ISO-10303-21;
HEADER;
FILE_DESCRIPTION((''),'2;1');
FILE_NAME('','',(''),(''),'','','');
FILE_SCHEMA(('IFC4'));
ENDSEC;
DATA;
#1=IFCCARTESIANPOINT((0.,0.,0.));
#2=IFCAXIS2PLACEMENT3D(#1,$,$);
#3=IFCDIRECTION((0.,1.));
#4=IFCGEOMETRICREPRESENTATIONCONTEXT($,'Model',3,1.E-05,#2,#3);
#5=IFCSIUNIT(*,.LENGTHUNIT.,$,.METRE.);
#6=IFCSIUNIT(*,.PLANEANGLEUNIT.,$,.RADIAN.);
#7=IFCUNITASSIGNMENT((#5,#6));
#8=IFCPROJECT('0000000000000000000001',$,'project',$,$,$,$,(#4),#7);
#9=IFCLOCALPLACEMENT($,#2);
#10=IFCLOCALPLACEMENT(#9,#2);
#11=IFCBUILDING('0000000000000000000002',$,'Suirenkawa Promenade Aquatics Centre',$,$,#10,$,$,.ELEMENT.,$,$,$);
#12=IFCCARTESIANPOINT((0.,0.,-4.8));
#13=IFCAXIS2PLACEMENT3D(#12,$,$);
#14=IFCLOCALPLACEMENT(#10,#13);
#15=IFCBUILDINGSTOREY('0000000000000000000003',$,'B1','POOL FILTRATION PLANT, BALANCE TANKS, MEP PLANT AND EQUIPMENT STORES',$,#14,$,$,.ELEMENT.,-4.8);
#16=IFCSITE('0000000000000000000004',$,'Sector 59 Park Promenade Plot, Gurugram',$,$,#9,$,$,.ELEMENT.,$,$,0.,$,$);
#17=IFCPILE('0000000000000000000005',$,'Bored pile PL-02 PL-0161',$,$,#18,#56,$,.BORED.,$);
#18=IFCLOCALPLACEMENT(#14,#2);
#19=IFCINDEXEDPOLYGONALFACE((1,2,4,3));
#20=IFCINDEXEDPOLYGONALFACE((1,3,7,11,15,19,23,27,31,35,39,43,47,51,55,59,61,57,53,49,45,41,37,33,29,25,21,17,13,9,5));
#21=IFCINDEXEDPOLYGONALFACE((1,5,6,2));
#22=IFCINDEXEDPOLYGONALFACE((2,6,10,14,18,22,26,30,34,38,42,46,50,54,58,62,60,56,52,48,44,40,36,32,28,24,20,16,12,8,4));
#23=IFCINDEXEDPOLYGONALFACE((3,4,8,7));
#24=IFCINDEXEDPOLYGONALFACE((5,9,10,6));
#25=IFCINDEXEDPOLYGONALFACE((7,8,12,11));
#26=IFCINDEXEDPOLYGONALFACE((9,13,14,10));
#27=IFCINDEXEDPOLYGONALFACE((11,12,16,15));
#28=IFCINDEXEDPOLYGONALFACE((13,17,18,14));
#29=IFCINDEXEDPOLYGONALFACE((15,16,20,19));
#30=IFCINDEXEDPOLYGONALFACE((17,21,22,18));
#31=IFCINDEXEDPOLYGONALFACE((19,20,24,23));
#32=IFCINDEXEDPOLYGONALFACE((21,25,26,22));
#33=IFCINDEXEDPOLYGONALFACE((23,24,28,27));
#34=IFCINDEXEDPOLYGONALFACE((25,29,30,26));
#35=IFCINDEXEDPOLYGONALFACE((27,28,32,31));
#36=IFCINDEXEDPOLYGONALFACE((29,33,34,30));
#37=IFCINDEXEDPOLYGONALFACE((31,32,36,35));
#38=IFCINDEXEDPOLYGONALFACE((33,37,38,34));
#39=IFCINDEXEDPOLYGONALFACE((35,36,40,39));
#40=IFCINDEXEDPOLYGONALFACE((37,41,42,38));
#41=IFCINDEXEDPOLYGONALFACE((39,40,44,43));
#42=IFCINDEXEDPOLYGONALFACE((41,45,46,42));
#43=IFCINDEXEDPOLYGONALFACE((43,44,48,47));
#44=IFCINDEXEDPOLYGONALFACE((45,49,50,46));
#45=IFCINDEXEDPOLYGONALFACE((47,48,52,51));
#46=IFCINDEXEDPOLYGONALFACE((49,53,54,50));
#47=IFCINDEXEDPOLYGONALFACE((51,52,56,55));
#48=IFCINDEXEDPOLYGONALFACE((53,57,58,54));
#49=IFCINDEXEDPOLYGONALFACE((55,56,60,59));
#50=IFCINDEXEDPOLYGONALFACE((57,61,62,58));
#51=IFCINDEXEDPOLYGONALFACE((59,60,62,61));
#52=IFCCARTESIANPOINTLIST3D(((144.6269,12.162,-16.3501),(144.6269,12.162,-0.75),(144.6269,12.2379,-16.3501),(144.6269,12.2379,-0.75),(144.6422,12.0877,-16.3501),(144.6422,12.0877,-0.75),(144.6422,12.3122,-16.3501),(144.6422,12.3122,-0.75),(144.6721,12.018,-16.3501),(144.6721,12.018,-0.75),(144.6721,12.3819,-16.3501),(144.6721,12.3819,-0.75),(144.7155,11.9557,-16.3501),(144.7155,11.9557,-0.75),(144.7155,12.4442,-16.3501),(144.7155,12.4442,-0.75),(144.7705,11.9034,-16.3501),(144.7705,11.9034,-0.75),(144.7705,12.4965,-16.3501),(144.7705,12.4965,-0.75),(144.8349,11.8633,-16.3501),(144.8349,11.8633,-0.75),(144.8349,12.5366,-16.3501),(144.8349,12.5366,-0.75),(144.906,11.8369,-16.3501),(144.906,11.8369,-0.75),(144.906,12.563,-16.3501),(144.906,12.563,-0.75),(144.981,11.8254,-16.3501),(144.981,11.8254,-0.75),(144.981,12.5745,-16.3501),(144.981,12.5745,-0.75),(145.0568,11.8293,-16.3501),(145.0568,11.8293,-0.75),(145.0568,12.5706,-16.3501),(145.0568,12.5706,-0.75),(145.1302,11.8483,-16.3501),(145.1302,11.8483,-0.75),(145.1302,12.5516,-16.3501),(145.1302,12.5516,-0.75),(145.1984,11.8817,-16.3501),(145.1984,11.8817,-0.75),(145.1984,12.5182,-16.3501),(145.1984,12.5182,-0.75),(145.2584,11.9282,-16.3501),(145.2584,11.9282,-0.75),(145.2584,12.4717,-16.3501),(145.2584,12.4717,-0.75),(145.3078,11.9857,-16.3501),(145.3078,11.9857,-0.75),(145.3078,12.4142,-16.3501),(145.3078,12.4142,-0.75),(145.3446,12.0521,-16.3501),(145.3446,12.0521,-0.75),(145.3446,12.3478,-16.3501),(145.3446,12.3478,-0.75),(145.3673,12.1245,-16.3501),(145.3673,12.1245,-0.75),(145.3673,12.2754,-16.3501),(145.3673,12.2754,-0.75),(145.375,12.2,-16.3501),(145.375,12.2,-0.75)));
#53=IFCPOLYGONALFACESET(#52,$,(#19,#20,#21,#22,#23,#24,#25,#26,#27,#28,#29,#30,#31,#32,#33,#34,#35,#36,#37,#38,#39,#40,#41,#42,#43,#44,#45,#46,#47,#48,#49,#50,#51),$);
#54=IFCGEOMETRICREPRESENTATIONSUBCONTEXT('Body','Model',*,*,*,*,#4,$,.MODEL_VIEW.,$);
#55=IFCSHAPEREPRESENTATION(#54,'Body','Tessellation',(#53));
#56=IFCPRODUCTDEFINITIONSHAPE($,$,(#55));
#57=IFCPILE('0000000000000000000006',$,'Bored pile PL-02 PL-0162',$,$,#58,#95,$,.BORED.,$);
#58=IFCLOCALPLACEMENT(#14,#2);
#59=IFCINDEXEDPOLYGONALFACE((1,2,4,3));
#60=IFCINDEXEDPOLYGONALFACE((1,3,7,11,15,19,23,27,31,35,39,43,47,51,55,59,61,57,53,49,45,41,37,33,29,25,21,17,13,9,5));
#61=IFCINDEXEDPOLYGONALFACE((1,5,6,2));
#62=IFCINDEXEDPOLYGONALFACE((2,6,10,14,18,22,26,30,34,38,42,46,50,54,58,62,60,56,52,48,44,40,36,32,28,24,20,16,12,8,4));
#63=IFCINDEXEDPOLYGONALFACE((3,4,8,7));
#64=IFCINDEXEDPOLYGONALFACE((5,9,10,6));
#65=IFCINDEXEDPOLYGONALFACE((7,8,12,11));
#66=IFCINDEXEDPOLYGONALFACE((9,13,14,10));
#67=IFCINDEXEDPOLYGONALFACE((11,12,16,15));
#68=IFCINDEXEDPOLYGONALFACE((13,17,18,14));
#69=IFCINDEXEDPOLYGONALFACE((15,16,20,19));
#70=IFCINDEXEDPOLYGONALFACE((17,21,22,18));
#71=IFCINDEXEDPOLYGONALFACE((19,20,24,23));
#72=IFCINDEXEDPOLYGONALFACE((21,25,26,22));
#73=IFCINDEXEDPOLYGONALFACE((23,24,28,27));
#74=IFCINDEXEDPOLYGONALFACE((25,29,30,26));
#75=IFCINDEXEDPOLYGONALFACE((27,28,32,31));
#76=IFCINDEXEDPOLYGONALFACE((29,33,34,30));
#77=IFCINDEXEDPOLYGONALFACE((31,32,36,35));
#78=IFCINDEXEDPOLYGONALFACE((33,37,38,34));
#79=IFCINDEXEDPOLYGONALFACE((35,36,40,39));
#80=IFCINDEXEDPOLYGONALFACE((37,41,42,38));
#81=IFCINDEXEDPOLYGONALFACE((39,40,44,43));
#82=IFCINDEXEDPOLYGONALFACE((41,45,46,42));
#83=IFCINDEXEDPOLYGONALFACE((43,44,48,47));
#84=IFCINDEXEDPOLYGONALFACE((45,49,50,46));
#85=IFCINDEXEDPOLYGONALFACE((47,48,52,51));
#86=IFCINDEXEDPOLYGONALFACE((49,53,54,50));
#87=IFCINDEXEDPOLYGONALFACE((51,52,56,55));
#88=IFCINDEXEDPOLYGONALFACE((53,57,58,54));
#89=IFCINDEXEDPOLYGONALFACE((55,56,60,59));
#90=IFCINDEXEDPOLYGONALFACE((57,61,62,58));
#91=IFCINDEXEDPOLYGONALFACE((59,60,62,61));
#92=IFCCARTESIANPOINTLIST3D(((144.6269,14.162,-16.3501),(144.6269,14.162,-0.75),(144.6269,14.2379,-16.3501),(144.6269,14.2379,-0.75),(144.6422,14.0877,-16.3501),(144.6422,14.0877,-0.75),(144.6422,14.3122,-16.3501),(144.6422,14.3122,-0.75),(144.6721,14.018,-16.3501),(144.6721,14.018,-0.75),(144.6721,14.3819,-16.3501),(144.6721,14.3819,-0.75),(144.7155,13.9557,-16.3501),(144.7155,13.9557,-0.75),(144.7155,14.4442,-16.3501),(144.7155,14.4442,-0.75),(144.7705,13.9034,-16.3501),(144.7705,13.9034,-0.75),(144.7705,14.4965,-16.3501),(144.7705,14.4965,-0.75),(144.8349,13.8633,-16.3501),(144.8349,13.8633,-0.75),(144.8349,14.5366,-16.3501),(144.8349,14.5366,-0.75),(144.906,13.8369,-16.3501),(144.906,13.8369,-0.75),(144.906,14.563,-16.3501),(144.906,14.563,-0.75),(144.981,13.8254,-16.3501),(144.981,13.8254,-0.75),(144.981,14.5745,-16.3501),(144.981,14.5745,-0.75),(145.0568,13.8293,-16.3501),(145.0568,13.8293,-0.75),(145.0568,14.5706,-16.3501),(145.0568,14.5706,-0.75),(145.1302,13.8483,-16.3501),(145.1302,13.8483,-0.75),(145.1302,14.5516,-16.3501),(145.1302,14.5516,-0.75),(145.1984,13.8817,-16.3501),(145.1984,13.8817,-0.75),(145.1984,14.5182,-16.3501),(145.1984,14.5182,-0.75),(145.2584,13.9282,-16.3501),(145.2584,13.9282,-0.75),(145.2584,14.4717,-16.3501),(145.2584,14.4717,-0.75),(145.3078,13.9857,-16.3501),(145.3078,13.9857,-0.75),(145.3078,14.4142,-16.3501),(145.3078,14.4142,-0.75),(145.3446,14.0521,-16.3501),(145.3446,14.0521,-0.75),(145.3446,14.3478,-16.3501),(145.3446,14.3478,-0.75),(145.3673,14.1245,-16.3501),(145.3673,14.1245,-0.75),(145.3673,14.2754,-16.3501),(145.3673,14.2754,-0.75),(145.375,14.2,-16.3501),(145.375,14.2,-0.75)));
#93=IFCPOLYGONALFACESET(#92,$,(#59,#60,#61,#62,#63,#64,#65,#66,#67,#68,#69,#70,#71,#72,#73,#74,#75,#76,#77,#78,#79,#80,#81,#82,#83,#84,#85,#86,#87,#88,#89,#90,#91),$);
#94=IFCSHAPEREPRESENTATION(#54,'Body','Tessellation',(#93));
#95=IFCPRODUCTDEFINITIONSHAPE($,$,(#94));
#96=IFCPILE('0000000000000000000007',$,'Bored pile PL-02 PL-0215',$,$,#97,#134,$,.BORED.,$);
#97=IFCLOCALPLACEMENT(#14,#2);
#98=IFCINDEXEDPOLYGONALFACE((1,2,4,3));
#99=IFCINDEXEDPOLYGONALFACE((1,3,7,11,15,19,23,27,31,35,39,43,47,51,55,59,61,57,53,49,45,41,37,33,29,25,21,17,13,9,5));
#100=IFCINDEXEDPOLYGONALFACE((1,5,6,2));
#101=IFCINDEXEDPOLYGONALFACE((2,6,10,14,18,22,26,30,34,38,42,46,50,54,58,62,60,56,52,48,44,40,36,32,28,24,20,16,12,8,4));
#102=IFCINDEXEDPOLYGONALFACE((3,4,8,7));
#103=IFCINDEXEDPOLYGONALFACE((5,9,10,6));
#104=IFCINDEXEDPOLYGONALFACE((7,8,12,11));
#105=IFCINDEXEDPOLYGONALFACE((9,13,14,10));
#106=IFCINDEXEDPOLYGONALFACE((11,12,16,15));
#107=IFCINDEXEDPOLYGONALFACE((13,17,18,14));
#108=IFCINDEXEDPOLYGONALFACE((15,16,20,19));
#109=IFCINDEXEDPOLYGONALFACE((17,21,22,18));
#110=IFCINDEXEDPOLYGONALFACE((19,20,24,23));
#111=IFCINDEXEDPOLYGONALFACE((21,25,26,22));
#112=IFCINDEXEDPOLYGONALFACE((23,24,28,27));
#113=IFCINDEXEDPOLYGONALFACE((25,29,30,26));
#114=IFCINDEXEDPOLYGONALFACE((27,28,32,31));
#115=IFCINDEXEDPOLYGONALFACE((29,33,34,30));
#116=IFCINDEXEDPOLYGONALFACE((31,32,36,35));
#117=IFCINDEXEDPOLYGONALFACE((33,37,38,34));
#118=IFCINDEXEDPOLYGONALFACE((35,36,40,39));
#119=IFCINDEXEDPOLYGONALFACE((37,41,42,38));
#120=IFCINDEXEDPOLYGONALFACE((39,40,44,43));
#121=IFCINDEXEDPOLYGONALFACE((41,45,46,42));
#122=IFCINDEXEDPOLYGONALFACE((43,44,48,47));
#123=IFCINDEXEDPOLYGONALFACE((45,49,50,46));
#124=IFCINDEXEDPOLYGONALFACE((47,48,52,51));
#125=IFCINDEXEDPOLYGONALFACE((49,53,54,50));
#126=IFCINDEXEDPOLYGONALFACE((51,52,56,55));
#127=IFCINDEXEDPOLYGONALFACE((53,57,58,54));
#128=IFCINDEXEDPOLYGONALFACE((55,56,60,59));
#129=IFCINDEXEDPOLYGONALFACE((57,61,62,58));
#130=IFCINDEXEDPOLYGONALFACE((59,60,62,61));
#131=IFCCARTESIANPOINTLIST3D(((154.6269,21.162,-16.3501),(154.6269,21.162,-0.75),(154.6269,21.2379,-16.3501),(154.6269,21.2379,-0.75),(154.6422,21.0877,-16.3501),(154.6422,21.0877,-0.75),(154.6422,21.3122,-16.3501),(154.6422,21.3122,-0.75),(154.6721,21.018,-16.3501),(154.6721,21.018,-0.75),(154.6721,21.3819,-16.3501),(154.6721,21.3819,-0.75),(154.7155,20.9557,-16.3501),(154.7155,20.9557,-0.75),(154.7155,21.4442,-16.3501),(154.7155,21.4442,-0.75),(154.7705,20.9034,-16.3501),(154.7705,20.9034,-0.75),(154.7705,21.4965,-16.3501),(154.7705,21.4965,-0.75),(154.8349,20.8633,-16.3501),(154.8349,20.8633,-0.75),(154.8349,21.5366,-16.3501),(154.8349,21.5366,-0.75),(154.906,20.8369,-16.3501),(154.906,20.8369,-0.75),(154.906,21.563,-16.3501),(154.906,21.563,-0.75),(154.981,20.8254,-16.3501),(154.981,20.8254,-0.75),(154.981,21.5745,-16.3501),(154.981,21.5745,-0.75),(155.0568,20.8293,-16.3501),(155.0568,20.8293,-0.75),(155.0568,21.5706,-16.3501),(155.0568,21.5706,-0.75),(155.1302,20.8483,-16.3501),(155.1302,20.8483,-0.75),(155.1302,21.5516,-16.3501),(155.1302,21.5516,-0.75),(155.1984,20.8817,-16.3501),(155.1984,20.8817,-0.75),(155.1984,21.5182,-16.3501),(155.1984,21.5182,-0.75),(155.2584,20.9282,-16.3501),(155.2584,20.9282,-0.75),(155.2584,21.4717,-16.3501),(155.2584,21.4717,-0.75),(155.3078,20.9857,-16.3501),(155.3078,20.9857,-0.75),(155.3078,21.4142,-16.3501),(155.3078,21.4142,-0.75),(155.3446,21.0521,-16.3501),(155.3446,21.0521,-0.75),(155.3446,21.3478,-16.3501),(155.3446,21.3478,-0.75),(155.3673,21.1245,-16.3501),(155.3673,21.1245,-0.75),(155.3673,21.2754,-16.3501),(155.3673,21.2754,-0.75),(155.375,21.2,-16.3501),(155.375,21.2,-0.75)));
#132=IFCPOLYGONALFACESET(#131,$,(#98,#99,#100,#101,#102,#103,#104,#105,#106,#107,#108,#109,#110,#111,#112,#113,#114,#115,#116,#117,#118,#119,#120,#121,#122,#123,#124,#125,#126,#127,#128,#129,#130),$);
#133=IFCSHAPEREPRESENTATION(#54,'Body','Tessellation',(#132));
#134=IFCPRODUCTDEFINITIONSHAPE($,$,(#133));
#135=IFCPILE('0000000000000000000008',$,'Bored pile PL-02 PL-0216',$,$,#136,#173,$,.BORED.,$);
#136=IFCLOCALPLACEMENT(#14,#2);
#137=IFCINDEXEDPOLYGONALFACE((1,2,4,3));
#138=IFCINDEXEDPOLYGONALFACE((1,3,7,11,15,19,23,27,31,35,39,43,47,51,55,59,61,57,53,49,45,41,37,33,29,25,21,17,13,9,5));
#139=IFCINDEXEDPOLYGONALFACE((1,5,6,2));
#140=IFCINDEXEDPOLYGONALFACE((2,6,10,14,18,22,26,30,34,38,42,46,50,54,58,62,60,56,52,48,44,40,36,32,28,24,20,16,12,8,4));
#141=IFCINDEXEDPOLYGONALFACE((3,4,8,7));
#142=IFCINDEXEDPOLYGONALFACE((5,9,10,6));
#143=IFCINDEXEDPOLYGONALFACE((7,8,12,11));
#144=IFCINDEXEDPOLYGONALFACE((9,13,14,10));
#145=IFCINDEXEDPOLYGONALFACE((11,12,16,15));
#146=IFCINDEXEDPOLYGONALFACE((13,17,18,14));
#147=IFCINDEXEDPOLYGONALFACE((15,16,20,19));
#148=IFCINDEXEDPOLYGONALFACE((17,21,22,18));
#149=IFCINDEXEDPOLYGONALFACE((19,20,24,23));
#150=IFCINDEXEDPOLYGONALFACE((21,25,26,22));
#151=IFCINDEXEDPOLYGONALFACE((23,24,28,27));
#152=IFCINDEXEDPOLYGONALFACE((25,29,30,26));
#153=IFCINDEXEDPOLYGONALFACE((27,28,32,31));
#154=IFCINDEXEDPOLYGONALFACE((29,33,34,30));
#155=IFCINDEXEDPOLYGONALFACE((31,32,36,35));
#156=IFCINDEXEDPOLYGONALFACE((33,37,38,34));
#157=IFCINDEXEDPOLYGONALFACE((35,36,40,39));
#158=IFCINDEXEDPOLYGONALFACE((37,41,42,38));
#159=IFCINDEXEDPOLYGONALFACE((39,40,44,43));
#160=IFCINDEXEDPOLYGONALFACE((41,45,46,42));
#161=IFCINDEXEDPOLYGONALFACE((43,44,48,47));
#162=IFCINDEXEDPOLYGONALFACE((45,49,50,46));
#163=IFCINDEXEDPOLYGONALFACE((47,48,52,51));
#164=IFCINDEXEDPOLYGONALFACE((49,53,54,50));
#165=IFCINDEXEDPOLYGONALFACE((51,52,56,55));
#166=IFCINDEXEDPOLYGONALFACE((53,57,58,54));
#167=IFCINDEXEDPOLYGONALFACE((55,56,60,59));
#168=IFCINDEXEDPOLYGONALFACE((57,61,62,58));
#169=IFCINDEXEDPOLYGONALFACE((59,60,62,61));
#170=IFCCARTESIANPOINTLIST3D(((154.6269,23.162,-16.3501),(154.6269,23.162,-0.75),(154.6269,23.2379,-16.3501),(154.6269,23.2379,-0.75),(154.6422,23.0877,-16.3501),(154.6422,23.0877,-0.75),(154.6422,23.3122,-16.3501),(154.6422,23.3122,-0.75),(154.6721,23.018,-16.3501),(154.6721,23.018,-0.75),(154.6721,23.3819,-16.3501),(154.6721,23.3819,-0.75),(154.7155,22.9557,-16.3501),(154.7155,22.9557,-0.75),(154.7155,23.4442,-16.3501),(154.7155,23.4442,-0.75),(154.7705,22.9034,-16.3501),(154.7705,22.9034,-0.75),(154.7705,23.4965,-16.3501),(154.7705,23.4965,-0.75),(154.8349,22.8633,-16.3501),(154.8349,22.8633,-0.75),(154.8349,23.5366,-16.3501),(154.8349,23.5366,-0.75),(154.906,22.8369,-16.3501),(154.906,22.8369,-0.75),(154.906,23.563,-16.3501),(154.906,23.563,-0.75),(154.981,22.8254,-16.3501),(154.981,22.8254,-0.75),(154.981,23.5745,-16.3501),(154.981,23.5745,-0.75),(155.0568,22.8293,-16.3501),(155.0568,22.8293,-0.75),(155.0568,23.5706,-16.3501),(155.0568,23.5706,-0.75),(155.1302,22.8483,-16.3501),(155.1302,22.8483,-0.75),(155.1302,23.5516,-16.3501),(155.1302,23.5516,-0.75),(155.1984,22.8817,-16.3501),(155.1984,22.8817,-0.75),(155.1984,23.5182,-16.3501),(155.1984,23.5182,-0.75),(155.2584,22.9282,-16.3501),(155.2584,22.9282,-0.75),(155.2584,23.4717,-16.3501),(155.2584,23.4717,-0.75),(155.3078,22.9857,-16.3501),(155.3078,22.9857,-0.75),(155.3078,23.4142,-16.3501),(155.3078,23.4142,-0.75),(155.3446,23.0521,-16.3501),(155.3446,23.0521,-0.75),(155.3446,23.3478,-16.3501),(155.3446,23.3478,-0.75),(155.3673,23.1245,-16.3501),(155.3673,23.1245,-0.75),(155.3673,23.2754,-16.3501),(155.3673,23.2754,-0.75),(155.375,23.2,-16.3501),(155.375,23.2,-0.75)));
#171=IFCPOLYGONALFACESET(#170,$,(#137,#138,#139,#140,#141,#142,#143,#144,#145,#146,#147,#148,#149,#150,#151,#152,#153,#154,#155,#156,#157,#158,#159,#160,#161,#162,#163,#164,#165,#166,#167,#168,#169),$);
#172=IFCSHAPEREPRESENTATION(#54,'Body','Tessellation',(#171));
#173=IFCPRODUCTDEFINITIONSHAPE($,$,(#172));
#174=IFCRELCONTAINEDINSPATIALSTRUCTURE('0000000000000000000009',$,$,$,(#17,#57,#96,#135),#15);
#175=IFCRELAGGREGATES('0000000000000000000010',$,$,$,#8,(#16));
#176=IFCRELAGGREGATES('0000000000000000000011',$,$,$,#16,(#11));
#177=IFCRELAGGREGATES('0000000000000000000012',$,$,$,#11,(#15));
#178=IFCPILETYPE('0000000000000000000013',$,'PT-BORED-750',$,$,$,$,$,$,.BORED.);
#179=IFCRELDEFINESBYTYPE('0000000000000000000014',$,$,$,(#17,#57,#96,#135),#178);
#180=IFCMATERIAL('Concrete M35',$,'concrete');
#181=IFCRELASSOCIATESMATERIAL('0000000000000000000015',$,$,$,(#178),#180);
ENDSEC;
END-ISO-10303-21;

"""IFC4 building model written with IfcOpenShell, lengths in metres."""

from ifc_helpers import new_model, si_unit, direction, frame, origin, origin_2d, place, context, subcontext, project, spatial, circle, extrude, material, material_profile, profile_set, type_object, element, save


model = new_model("IFC4")

# Units and contexts
model_context = context("Model", 3, precision=1e-05, world=origin(), true_north=direction((0.0, 1.0)))
body_context = subcontext(model_context, "Body", "Model", "MODEL_VIEW")
ifc_project = project(units=[si_unit("LENGTHUNIT", "METRE"), si_unit("PLANEANGLEUNIT", "RADIAN")], contexts=[model_context])

# Site, building, storey
site_placement = place(None, origin())
site = spatial("IfcSite", under=ifc_project, at=site_placement, Name="Sector 59 Park Promenade Plot, Gurugram", CompositionType="ELEMENT", RefElevation=0.0)
building_placement = place(site_placement, origin())
building = spatial("IfcBuilding", under=site, at=building_placement, Name="Suirenkawa Promenade Aquatics Centre", CompositionType="ELEMENT")
storey_placement = place(building_placement, frame((0.0, 0.0, -4.8)))
storey = spatial("IfcBuildingStorey", under=building, at=storey_placement, Name="B1", Description="POOL FILTRATION PLANT, BALANCE TANKS, MEP PLANT AND EQUIPMENT STORES", CompositionType="ELEMENT", Elevation=-4.8)

# Shared definitions
ifc_material_1 = material(Name="Concrete M35", Category="concrete")

# Piles
ifc_material_profile_1 = material_profile(ifc_material_1, circle(Radius=0.375, at=origin_2d()), Name="PILE D750", Category="concrete")
ifc_profile_set_1 = profile_set([ifc_material_profile_1], Name="Concrete M35")
pile_type_1 = type_object("IfcPileType", Name="PT-BORED-750", PredefinedType="BORED", material=ifc_profile_set_1)
for number, where, z_axis, x_axis, name in (
    (1, (145.0, 12.2, -0.75), (0.0, 0.0, -1.0), (1.0, 0.0, 0.0), "Bored pile PL-02 PL-0161"),
    (2, (145.0, 14.2, -0.75), (0.0, 0.0, -1.0), (1.0, 0.0, 0.0), "Bored pile PL-02 PL-0162"),
    (3, (155.0, 21.2, -0.75), (0.0, 0.0, -1.0), (1.0, 0.0, 0.0), "Bored pile PL-02 PL-0215"),
    (4, (155.0, 23.2, -0.75), (0.0, 0.0, -1.0), (1.0, 0.0, 0.0), "Bored pile PL-02 PL-0216"),
):
    element("IfcPile", number, at=place(storey_placement, frame(where, z_axis=z_axis, x_axis=x_axis)), inside=storey, type_object=pile_type_1, Name=name, PredefinedType="BORED", context=body_context, shape_type="SweptSolid", body=[
        extrude(circle(Radius=0.375, at=origin_2d()), origin(), (0.0, 0.0, 1.0), 15.6001),
    ])

save(model, "model.ifc")
